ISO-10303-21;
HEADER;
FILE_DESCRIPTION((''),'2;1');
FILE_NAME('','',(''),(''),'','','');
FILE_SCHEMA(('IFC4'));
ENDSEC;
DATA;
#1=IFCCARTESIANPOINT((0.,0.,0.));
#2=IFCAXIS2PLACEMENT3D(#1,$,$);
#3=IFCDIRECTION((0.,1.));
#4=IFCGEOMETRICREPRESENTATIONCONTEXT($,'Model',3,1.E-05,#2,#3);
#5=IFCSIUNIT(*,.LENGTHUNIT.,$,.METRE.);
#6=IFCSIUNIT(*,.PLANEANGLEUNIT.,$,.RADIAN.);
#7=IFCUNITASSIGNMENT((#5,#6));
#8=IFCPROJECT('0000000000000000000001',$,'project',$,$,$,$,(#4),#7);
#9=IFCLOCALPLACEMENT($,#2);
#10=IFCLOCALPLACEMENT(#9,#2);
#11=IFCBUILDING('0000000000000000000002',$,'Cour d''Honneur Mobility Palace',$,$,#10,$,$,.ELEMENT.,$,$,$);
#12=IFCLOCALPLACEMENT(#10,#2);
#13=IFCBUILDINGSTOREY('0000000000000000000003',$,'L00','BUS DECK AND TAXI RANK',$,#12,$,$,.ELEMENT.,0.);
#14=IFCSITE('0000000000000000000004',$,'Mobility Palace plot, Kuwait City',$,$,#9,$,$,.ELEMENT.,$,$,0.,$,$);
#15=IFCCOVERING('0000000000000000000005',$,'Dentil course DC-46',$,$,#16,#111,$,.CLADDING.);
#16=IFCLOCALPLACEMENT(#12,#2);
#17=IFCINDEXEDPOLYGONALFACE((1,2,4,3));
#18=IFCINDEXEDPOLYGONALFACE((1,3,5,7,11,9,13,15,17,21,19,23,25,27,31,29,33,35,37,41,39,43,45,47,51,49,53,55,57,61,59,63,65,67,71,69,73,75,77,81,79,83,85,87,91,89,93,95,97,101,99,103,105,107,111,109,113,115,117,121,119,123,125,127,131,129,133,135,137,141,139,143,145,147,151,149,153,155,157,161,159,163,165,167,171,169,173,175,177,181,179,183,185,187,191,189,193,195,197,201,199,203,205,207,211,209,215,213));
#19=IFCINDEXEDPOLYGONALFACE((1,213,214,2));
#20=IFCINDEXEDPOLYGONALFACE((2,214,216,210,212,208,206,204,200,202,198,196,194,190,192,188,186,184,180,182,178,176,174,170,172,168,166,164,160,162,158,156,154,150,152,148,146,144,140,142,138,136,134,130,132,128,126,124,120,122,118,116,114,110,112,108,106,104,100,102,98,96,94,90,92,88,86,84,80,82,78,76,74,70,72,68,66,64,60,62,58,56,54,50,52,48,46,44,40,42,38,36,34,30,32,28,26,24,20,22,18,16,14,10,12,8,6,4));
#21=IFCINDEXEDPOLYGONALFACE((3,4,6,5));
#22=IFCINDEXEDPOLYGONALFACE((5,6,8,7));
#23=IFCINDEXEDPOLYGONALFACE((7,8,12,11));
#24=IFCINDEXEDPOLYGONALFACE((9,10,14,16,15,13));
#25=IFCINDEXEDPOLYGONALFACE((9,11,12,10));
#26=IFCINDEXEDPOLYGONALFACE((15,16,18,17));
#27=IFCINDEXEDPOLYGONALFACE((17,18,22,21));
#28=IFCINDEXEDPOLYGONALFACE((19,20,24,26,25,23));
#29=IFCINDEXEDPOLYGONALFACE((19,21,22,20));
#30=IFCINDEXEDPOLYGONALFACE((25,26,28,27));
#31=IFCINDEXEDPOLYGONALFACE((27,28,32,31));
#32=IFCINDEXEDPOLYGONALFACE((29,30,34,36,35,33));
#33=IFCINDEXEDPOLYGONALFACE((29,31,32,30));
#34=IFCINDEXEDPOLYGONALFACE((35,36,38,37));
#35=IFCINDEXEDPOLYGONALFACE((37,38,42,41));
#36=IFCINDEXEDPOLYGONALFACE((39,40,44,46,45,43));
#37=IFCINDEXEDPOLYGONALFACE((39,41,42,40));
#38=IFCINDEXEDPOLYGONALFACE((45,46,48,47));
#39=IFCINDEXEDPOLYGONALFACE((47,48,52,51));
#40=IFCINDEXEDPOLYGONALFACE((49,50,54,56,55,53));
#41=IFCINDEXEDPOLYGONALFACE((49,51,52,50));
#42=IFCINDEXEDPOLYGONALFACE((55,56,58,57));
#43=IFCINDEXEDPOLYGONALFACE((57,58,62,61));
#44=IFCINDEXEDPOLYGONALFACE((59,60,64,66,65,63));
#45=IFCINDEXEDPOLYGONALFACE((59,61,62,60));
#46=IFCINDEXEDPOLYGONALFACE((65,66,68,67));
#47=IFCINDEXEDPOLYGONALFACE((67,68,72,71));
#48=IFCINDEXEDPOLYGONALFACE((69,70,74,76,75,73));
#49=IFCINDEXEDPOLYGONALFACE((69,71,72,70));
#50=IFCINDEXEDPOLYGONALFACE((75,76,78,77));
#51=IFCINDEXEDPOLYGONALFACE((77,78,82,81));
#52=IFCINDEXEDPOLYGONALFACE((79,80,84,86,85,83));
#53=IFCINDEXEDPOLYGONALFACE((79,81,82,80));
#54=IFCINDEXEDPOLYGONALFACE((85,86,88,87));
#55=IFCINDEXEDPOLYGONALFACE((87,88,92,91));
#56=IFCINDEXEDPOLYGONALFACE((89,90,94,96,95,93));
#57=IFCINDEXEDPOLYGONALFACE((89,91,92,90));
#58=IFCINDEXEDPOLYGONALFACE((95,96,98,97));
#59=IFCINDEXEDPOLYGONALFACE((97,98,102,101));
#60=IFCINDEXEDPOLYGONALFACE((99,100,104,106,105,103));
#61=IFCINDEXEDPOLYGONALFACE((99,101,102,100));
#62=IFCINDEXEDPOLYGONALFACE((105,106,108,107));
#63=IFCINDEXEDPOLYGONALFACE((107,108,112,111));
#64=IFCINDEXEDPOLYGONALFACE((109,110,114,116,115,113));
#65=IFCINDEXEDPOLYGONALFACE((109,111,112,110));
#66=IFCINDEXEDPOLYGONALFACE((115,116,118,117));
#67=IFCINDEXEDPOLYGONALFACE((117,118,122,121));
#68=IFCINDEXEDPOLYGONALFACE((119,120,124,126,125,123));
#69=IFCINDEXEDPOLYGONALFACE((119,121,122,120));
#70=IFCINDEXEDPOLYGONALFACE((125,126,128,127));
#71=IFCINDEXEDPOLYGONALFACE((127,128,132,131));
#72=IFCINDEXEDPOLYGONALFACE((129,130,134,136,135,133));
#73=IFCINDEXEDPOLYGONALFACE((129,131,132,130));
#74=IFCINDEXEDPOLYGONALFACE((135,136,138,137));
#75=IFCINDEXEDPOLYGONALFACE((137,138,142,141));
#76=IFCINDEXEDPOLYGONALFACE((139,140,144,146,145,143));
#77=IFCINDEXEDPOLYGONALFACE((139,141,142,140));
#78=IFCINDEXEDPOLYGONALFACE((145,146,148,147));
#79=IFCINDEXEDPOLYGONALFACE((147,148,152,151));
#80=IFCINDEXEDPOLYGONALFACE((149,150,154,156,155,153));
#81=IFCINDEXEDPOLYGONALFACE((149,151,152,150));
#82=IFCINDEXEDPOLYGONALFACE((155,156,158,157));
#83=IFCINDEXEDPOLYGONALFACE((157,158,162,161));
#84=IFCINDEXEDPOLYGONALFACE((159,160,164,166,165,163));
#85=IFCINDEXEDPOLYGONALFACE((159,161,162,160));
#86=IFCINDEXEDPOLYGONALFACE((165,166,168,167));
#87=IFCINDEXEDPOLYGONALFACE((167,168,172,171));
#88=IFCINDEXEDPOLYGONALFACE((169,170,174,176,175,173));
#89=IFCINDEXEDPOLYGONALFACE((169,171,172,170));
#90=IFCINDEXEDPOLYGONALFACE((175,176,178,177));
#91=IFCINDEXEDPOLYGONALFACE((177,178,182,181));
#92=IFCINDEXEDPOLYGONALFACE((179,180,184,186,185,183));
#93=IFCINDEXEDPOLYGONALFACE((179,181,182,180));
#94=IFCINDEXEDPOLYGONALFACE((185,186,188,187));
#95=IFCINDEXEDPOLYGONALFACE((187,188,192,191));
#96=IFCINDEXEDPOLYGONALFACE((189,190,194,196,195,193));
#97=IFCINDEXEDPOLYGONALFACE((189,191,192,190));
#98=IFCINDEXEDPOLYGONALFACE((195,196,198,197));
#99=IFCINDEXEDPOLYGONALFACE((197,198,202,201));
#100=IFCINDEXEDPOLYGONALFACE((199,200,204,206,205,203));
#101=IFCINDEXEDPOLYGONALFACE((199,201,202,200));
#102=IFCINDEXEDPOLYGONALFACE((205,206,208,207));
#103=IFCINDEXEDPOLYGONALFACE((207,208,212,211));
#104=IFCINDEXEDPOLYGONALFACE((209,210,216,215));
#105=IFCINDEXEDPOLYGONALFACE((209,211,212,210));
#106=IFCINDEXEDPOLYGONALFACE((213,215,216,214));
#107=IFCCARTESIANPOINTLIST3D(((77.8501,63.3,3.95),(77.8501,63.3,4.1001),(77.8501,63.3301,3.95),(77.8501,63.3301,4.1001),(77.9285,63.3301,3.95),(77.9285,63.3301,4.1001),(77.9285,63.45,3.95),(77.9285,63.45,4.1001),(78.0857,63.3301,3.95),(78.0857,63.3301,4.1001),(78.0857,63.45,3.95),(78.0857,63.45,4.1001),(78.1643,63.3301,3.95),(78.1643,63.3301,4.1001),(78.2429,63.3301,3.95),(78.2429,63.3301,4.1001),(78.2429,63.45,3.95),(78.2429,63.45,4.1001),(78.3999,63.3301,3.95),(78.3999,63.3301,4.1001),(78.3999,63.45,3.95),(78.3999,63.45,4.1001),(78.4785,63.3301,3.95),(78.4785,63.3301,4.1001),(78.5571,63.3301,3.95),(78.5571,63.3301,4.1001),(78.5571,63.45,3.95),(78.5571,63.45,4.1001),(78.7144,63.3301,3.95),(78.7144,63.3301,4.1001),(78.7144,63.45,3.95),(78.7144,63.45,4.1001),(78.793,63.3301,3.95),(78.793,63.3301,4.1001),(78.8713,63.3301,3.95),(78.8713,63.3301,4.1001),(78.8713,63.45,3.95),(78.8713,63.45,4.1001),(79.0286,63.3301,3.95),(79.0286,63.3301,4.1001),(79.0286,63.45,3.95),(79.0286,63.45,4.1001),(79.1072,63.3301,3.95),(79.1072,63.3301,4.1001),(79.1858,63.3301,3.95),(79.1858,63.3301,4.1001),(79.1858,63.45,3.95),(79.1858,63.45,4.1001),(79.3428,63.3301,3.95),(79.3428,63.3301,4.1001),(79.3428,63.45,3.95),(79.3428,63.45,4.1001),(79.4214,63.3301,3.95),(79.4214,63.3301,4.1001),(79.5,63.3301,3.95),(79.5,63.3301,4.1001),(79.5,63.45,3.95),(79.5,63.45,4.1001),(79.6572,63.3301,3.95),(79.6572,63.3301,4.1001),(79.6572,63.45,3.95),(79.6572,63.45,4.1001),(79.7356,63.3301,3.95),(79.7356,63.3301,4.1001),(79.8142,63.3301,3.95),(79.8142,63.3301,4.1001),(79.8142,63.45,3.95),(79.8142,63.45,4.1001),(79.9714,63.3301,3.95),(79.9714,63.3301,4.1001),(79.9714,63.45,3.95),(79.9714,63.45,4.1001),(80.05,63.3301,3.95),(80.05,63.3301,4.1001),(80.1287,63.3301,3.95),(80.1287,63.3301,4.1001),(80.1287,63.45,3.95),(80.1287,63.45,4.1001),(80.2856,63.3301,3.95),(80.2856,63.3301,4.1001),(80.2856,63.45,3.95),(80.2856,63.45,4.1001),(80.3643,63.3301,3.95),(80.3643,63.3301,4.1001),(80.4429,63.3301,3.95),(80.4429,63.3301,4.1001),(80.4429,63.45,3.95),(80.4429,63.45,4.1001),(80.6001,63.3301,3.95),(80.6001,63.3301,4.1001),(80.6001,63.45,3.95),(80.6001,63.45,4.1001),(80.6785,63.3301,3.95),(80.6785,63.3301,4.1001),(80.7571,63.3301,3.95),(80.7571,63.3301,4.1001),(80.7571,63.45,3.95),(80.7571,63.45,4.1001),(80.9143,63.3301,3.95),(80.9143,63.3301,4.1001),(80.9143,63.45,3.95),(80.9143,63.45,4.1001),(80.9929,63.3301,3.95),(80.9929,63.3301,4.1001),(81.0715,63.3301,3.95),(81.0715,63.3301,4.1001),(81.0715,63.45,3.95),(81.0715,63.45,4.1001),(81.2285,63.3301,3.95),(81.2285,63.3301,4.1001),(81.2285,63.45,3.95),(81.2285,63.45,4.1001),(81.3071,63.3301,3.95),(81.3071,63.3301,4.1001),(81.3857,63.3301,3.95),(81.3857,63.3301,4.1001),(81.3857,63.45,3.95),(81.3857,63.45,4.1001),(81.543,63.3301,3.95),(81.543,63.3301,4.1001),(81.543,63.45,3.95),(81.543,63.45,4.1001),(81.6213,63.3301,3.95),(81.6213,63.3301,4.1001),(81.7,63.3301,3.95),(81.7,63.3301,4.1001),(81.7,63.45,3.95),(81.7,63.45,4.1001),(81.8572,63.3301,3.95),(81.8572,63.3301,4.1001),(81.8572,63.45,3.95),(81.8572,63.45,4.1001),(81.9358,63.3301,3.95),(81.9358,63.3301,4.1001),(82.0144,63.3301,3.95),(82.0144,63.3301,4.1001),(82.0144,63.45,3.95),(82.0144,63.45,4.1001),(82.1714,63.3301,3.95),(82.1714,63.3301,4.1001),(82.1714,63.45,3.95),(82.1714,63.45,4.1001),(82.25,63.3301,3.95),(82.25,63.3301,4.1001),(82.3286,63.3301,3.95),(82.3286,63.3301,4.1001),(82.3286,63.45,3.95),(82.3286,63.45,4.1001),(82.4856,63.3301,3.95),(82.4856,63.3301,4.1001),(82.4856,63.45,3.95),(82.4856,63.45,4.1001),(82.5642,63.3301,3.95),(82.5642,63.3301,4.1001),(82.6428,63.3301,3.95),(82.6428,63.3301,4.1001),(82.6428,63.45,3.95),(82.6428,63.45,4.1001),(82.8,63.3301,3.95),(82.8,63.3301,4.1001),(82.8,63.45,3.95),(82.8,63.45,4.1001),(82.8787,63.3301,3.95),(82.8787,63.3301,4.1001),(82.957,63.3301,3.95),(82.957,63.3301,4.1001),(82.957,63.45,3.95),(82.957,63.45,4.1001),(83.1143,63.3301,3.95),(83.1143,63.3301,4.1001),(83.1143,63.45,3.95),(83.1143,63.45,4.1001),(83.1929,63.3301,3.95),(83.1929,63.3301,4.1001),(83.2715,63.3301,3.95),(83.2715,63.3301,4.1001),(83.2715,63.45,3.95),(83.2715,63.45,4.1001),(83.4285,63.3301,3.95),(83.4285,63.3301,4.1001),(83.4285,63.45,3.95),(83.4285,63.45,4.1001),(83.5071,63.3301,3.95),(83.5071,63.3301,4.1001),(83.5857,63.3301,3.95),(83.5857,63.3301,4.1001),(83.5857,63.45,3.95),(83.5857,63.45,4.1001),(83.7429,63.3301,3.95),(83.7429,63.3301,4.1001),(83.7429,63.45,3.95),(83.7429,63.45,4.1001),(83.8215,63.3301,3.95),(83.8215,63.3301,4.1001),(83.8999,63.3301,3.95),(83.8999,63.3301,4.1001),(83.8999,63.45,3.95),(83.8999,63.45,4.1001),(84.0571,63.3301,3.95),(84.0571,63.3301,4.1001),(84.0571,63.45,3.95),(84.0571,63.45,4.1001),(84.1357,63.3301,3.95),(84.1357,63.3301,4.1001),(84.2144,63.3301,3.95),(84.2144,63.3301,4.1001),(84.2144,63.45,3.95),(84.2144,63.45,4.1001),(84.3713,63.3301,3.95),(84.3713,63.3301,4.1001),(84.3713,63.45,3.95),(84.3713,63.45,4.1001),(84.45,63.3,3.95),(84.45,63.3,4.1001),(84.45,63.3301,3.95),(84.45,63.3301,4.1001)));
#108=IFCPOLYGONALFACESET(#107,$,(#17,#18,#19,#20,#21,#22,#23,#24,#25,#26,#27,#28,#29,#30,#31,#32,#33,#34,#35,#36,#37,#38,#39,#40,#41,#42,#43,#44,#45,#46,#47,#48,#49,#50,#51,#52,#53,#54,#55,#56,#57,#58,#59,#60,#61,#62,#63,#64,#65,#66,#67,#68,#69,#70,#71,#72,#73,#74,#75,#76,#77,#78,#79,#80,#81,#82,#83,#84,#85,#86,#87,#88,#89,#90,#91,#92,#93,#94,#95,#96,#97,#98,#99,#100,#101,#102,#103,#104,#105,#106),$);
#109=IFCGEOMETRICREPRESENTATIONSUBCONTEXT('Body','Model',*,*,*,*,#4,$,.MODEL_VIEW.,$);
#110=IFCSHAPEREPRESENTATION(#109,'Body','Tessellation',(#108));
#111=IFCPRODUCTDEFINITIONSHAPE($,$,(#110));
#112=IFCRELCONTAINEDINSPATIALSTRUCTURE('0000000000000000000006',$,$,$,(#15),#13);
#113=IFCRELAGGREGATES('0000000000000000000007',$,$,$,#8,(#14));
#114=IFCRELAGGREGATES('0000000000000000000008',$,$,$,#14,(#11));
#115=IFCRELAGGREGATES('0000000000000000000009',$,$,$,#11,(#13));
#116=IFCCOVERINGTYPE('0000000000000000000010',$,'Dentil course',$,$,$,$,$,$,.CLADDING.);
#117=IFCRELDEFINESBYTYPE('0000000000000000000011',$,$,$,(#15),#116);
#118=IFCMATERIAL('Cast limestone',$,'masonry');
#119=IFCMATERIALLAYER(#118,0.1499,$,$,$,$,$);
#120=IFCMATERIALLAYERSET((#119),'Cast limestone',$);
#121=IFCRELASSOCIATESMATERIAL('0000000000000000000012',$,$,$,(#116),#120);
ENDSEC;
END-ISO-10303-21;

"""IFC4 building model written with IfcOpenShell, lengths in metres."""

from ifc_helpers import new_model, si_unit, direction, frame, origin, place, context, subcontext, project, spatial, polyline, outline, extrude, material, layer, layer_set, type_object, element, save


model = new_model("IFC4")

# Units and contexts
model_context = context("Model", 3, precision=1e-05, world=origin(), true_north=direction((0.0, 1.0)))
body_context = subcontext(model_context, "Body", "Model", "MODEL_VIEW")
ifc_project = project(units=[si_unit("LENGTHUNIT", "METRE"), si_unit("PLANEANGLEUNIT", "RADIAN")], contexts=[model_context])

# Site, building, storey
site_placement = place(None, origin())
site = spatial("IfcSite", under=ifc_project, at=site_placement, Name="Mobility Palace plot, Kuwait City", CompositionType="ELEMENT", RefElevation=0.0)
building_placement = place(site_placement, origin())
building = spatial("IfcBuilding", under=site, at=building_placement, Name="Cour d'Honneur Mobility Palace", CompositionType="ELEMENT")
storey_placement = place(building_placement, origin())
storey = spatial("IfcBuildingStorey", under=building, at=storey_placement, Name="L00", Description="BUS DECK AND TAXI RANK", CompositionType="ELEMENT", Elevation=0.0)

# Covering
ifc_material = material(Name="Cast limestone", Category="masonry")
ifc_layer = layer(ifc_material, 0.1499)
ifc_layer_set = layer_set([ifc_layer], Name="Cast limestone")
covering_type = type_object("IfcCoveringType", Name="Dentil course", PredefinedType="CLADDING", material=ifc_layer_set)
covering_1_placement = place(storey_placement, frame((0.0, 0.0, 3.95)))
element("IfcCovering", 1, at=covering_1_placement, inside=storey, type_object=covering_type, Name="Dentil course DC-46", PredefinedType="CLADDING", context=body_context, shape_type="SweptSolid", body=[
    extrude(outline(polyline([(84.45, 63.3), (77.8501, 63.3), (77.8501, 63.3301), (77.8501, 63.3301), (77.9285, 63.3301), (77.9285, 63.45), (78.0857, 63.45), (78.0857, 63.3301), (78.1643, 63.3301), (78.1643, 63.3301), (78.2429, 63.3301), (78.2429, 63.45), (78.3999, 63.45), (78.3999, 63.3301), (78.4785, 63.3301), (78.4785, 63.3301), (78.5571, 63.3301), (78.5571, 63.45), (78.7144, 63.45), (78.7144, 63.3301), (78.793, 63.3301), (78.793, 63.3301), (78.8713, 63.3301), (78.8713, 63.45), (79.0286, 63.45), (79.0286, 63.3301), (79.1072, 63.3301), (79.1072, 63.3301), (79.1858, 63.3301), (79.1858, 63.45), (79.3428, 63.45), (79.3428, 63.3301), (79.4214, 63.3301), (79.4214, 63.3301), (79.5, 63.3301), (79.5, 63.45), (79.6572, 63.45), (79.6572, 63.3301), (79.7356, 63.3301), (79.7356, 63.3301), (79.8142, 63.3301), (79.8142, 63.45), (79.9714, 63.45), (79.9714, 63.3301), (80.05, 63.3301), (80.05, 63.3301), (80.1287, 63.3301), (80.1287, 63.45), (80.2856, 63.45), (80.2856, 63.3301), (80.3643, 63.3301), (80.3643, 63.3301), (80.4429, 63.3301), (80.4429, 63.45), (80.6001, 63.45), (80.6001, 63.3301), (80.6785, 63.3301), (80.6785, 63.3301), (80.7571, 63.3301), (80.7571, 63.45), (80.9143, 63.45), (80.9143, 63.3301), (80.9929, 63.3301), (80.9929, 63.3301), (81.0715, 63.3301), (81.0715, 63.45), (81.2285, 63.45), (81.2285, 63.3301), (81.3071, 63.3301), (81.3071, 63.3301), (81.3857, 63.3301), (81.3857, 63.45), (81.543, 63.45), (81.543, 63.3301), (81.6213, 63.3301), (81.6213, 63.3301), (81.7, 63.3301), (81.7, 63.45), (81.8572, 63.45), (81.8572, 63.3301), (81.9358, 63.3301), (81.9358, 63.3301), (82.0144, 63.3301), (82.0144, 63.45), (82.1714, 63.45), (82.1714, 63.3301), (82.25, 63.3301), (82.25, 63.3301), (82.3286, 63.3301), (82.3286, 63.45), (82.4856, 63.45), (82.4856, 63.3301), (82.5642, 63.3301), (82.5642, 63.3301), (82.6428, 63.3301), (82.6428, 63.45), (82.8, 63.45), (82.8, 63.3301), (82.8787, 63.3301), (82.8787, 63.3301), (82.957, 63.3301), (82.957, 63.45), (83.1143, 63.45), (83.1143, 63.3301), (83.1929, 63.3301), (83.1929, 63.3301), (83.2715, 63.3301), (83.2715, 63.45), (83.4285, 63.45), (83.4285, 63.3301), (83.5071, 63.3301), (83.5071, 63.3301), (83.5857, 63.3301), (83.5857, 63.45), (83.7429, 63.45), (83.7429, 63.3301), (83.8215, 63.3301), (83.8215, 63.3301), (83.8999, 63.3301), (83.8999, 63.45), (84.0571, 63.45), (84.0571, 63.3301), (84.1357, 63.3301), (84.1357, 63.3301), (84.2144, 63.3301), (84.2144, 63.45), (84.3713, 63.45), (84.3713, 63.3301), (84.45, 63.3301), (84.45, 63.3)])), origin(), (0.0, 0.0, 1.0), 0.1501),
])

save(model, "model.ifc")
